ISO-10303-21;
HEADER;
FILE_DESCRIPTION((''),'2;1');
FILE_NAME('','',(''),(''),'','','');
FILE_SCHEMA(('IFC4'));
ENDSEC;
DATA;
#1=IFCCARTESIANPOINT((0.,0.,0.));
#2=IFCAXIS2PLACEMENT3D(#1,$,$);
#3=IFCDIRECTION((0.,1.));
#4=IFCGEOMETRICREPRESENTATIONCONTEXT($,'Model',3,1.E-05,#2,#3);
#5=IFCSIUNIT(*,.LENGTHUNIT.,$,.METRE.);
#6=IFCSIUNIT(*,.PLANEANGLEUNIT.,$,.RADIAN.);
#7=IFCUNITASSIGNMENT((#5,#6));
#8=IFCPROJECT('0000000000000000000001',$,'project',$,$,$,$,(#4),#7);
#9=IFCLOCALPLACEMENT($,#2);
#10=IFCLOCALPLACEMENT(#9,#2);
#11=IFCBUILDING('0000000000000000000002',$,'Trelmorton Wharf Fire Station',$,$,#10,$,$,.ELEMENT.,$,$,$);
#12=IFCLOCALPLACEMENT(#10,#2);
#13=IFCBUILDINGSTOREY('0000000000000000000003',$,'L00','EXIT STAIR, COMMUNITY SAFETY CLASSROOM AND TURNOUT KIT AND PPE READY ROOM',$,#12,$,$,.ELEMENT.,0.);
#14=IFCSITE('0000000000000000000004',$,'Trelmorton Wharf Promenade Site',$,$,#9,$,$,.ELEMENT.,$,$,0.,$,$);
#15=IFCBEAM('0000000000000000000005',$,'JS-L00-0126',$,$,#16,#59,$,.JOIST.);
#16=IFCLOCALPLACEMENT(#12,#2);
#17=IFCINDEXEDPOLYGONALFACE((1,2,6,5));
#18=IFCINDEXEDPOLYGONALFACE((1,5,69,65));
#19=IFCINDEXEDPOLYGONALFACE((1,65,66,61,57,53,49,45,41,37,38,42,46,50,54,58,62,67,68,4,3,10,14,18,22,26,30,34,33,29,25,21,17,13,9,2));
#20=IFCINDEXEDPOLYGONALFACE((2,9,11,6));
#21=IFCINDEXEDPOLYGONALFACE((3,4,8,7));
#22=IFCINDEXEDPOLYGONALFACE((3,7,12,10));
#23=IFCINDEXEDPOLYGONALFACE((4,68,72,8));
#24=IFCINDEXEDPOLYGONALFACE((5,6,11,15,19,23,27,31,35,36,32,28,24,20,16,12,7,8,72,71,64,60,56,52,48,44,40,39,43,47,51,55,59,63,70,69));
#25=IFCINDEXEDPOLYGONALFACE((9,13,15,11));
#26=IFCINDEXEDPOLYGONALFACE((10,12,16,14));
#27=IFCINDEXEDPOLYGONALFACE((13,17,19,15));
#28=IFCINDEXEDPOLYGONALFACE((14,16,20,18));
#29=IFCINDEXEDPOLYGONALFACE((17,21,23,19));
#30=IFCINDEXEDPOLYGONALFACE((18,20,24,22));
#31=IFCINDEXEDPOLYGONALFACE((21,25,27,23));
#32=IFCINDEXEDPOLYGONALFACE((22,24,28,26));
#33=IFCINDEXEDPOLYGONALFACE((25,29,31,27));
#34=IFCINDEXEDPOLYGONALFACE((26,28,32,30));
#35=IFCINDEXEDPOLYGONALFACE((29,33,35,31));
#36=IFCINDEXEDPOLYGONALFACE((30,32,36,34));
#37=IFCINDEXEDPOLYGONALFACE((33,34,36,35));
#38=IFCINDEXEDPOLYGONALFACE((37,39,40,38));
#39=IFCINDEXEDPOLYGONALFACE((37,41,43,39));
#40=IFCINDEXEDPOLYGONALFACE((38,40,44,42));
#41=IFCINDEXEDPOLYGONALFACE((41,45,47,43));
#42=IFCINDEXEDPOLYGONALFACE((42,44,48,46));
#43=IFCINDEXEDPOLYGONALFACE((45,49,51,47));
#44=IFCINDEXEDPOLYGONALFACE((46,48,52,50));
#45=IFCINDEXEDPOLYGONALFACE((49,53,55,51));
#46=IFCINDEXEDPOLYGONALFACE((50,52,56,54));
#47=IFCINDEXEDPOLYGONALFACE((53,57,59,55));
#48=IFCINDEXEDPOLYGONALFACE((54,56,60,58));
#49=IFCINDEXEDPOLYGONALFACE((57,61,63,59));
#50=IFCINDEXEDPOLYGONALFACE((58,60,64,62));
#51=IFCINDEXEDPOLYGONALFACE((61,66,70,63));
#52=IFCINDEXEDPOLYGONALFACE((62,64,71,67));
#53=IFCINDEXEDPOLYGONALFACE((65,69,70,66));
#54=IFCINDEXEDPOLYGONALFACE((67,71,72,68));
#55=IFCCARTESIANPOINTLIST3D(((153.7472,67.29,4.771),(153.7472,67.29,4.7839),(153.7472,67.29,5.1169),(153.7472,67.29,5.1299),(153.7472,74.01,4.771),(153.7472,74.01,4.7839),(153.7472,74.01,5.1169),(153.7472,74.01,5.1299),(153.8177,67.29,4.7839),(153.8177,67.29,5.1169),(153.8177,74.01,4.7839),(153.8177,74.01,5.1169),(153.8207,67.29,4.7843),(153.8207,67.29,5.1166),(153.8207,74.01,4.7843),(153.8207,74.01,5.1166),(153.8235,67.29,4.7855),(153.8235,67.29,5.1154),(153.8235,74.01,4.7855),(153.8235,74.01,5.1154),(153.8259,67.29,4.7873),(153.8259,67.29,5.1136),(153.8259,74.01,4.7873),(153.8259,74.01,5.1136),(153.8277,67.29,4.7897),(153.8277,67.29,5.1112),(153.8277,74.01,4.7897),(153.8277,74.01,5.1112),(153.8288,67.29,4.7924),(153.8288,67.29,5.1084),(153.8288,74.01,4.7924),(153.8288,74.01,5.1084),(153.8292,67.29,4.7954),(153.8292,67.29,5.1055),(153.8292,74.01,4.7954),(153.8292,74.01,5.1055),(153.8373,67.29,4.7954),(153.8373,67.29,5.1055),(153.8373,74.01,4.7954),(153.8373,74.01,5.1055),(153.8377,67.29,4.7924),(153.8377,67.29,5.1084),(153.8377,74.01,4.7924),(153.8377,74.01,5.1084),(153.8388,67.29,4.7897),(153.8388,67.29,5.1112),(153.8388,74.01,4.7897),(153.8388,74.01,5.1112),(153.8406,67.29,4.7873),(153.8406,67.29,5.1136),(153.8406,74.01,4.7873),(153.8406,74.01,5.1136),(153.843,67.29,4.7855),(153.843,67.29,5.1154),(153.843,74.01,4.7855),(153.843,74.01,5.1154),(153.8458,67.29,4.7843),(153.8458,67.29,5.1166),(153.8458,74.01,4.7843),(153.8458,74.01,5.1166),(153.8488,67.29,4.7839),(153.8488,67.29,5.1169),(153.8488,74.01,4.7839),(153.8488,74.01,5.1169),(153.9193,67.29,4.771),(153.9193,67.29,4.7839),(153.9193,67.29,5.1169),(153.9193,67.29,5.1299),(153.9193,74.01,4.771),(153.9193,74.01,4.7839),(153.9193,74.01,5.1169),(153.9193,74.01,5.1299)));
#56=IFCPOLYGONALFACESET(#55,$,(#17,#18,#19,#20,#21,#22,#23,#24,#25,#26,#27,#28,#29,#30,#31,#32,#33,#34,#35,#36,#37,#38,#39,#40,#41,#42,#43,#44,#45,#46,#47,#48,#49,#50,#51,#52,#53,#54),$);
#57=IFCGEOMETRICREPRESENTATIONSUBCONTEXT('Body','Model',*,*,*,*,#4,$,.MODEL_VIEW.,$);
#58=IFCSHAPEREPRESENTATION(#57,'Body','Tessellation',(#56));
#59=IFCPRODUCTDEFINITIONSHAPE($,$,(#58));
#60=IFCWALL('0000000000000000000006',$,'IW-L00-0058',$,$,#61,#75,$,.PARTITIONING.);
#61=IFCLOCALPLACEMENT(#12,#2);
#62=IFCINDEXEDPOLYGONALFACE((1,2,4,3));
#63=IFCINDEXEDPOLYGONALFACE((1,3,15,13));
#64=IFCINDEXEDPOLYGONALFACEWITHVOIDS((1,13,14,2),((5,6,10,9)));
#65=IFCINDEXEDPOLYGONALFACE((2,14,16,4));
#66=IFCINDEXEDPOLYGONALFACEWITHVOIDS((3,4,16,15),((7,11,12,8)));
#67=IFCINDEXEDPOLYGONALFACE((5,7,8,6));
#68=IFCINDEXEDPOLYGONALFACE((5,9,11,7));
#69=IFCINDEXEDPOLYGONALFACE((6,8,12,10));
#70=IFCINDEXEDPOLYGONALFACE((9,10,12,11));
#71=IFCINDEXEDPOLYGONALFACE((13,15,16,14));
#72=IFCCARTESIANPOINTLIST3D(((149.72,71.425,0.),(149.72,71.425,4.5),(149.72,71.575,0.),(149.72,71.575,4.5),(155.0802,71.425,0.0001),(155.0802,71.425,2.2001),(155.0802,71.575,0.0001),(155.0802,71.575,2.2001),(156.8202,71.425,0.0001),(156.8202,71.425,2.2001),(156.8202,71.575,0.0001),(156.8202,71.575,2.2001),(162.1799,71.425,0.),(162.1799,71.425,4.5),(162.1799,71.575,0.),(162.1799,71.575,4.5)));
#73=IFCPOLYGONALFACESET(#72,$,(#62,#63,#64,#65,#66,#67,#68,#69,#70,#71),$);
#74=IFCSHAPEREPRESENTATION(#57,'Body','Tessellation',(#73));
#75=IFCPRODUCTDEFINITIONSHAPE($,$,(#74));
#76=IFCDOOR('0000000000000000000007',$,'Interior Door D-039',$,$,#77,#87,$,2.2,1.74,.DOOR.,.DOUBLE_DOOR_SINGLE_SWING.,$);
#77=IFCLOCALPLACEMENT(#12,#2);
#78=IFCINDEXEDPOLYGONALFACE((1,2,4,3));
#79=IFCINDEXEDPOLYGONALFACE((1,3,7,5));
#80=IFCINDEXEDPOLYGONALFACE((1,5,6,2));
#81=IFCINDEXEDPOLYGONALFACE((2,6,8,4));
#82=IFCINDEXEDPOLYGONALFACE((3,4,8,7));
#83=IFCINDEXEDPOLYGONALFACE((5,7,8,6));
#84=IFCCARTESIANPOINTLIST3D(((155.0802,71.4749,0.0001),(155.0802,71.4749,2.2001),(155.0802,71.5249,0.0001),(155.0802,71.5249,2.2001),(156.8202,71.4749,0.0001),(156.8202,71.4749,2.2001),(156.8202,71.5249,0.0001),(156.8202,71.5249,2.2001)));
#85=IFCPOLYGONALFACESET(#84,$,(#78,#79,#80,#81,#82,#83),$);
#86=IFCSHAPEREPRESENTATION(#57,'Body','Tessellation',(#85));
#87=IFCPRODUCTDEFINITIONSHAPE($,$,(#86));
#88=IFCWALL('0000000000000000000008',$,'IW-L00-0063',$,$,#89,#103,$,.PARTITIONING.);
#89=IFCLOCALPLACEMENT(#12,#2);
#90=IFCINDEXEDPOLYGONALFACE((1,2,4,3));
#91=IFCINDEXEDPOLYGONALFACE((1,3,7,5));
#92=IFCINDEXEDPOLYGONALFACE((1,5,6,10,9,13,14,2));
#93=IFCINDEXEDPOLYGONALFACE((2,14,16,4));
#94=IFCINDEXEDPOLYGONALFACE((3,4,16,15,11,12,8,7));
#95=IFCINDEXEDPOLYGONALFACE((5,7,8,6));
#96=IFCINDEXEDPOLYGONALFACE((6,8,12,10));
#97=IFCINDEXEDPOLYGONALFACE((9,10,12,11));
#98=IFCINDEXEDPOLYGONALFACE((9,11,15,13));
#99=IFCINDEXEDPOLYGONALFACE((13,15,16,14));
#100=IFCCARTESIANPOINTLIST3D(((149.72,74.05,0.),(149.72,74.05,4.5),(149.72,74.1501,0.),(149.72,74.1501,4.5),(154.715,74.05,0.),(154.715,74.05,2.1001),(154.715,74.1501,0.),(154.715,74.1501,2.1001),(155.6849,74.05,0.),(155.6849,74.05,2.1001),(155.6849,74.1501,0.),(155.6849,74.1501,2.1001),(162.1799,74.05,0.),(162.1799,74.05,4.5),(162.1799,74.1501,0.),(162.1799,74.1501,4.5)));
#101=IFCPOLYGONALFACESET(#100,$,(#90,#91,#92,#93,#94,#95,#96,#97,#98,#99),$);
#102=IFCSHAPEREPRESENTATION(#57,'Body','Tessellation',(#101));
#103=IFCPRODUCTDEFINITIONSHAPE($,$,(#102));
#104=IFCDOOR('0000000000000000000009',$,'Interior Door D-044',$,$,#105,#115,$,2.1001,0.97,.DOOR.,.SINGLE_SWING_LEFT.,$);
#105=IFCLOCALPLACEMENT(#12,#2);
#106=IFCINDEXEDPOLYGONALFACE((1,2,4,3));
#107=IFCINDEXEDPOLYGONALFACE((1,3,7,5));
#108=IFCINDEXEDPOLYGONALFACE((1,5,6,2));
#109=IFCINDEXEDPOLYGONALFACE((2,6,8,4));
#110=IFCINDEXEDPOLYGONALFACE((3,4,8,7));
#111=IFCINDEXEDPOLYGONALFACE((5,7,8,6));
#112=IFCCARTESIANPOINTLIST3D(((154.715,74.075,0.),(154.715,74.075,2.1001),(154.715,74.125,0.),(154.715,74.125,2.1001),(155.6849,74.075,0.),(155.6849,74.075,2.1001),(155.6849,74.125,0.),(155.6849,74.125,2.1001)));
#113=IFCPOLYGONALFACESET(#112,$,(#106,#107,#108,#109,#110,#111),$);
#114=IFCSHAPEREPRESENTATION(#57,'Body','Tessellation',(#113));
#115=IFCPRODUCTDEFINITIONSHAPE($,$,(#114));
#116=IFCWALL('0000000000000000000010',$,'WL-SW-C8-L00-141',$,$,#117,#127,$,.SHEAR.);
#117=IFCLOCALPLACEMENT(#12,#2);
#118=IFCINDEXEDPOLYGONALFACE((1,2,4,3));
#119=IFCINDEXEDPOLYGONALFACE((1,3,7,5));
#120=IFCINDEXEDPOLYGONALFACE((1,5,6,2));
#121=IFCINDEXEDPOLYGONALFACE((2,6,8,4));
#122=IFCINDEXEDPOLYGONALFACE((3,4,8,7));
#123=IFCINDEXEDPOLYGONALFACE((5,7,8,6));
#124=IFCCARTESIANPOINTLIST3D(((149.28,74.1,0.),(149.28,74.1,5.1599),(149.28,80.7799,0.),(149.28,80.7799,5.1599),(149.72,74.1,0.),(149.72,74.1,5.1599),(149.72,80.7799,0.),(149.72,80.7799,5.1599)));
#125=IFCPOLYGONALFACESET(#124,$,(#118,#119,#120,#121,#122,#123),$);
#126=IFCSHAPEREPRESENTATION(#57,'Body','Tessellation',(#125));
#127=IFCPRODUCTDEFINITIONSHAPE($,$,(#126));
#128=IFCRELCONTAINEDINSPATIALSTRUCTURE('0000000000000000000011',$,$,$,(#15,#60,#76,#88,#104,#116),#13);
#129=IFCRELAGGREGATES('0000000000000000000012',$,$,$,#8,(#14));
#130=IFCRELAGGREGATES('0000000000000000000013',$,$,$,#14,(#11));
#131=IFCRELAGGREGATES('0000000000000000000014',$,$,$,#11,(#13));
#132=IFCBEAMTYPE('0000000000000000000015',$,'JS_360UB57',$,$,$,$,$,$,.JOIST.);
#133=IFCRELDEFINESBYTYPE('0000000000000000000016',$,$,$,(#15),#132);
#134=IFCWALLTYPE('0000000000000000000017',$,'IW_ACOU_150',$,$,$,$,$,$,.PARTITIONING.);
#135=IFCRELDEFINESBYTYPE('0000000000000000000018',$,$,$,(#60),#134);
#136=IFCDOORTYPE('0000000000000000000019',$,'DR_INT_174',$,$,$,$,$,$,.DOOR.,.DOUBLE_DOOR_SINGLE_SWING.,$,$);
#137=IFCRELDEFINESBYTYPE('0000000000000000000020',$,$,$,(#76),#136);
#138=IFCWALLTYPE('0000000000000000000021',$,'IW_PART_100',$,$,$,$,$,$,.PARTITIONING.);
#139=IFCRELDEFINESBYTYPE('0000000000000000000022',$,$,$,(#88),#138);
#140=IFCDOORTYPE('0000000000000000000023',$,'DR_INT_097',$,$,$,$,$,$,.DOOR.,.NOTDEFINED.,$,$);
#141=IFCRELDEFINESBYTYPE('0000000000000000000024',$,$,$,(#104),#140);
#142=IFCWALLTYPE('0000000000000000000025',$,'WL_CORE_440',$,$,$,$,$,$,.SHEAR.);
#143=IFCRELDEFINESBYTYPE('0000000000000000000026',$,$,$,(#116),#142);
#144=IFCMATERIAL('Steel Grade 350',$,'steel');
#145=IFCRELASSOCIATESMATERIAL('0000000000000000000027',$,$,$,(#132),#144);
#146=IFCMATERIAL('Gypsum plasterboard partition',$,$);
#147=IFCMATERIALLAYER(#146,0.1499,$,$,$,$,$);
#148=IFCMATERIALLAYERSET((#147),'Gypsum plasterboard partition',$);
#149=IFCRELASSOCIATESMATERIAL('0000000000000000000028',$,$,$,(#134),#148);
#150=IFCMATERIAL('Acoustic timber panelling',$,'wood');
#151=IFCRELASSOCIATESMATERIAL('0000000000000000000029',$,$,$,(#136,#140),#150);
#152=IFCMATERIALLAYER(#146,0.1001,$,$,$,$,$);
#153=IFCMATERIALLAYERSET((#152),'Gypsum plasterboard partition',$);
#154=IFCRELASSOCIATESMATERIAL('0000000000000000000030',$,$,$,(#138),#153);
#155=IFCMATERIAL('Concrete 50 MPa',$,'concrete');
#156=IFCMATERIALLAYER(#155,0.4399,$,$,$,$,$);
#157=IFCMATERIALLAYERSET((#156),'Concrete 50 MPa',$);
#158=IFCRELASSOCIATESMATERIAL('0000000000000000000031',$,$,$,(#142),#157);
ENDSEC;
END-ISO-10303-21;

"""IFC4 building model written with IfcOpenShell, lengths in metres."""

from ifc_helpers import new_model, si_unit, direction, frame, frame_2d, origin, origin_2d, place, context, subcontext, project, spatial, rectangle, i_section, extrude, material, layer, layer_set, material_profile, profile_set, type_object, element, fill, save


model = new_model("IFC4")

# Units and contexts
model_context = context("Model", 3, precision=1e-05, world=origin(), true_north=direction((0.0, 1.0)))
body_context = subcontext(model_context, "Body", "Model", "MODEL_VIEW")
ifc_project = project(units=[si_unit("LENGTHUNIT", "METRE"), si_unit("PLANEANGLEUNIT", "RADIAN")], contexts=[model_context])

# Site, building, storey
site_placement = place(None, origin())
site = spatial("IfcSite", under=ifc_project, at=site_placement, Name="Trelmorton Wharf Promenade Site", CompositionType="ELEMENT", RefElevation=0.0)
building_placement = place(site_placement, origin())
building = spatial("IfcBuilding", under=site, at=building_placement, Name="Trelmorton Wharf Fire Station", CompositionType="ELEMENT")
storey_placement = place(building_placement, origin())
storey = spatial("IfcBuildingStorey", under=building, at=storey_placement, Name="L00", Description="EXIT STAIR, COMMUNITY SAFETY CLASSROOM AND TURNOUT KIT AND PPE READY ROOM", CompositionType="ELEMENT", Elevation=0.0)

# Shared definitions
ifc_material_1 = material(Name="Steel Grade 350", Category="steel")

# Beam
ifc_material_profile_1 = material_profile(ifc_material_1, i_section(OverallWidth=0.1721, OverallDepth=0.3589, WebThickness=0.0081, FlangeThickness=0.0129, FilletRadius=0.0115, at=origin_2d()), Name="360UB56.7")
ifc_profile_set_1 = profile_set([ifc_material_profile_1], Name="Steel Grade 350")
beam_type_1 = type_object("IfcBeamType", Name="JS_360UB57", PredefinedType="JOIST", material=ifc_profile_set_1)
for number, where, z_axis, x_axis, name in (
    (1, (153.8333, 67.29, 4.9504), (0.0, 1.0, 0.0), (-1.0, 0.0, 0.0), "JS-L00-0126"),
):
    element("IfcBeam", number, at=place(storey_placement, frame(where, z_axis=z_axis, x_axis=x_axis)), inside=storey, type_object=beam_type_1, Name=name, PredefinedType="JOIST", context=body_context, shape_type="SweptSolid", body=[
        extrude(i_section(OverallWidth=0.1721, OverallDepth=0.3589, WebThickness=0.0081, FlangeThickness=0.0129, FilletRadius=0.0115, at=origin_2d()), origin(), (0.0, 0.0, 1.0), 6.72),
    ])

# Walls, openings, doors
ifc_material_2 = material(Name="Gypsum plasterboard partition")
ifc_layer_1 = layer(ifc_material_2, 0.1499)
ifc_layer_set_1 = layer_set([ifc_layer_1], Name="Gypsum plasterboard partition")
wall_type_1 = type_object("IfcWallType", Name="IW_ACOU_150", PredefinedType="PARTITIONING", material=ifc_layer_set_1)
wall_1_placement = place(storey_placement, frame((149.72, 71.5, 0.0), z_axis=(0.0, 0.0, 1.0), x_axis=(1.0, 0.0, 0.0)))
wall_1 = element("IfcWall", 2, at=wall_1_placement, inside=storey, type_object=wall_type_1, Name="IW-L00-0058", PredefinedType="PARTITIONING", context=body_context, shape_type="SweptSolid", body=[
    extrude(rectangle(XDim=12.46, YDim=0.1499, at=frame_2d((6.23, 0.0))), origin(), (0.0, 0.0, 1.0), 4.5),
])
opening_1_placement = place(wall_1_placement, frame((5.3601, 0.0, 0.0)))
opening_1 = element("IfcOpeningElement", 3, at=opening_1_placement, cuts=wall_1, PredefinedType="OPENING", context=body_context, shape_type="SweptSolid", body=[
    extrude(rectangle(XDim=1.74, YDim=2.2, at=frame_2d((0.8701, 1.1001))), frame((0.0, 0.085, 0.0), z_axis=(0.0, -1.0, 0.0), x_axis=(1.0, 0.0, 0.0)), (0.0, 0.0, 1.0), 0.1699),
])
ifc_material_3 = material(Name="Acoustic timber panelling", Category="wood")
door_type_1 = type_object("IfcDoorType", Name="DR_INT_174", OperationType="DOUBLE_DOOR_SINGLE_SWING", PredefinedType="DOOR", material=ifc_material_3)
door_1_placement = place(opening_1_placement, origin())
door_1 = element("IfcDoor", 4, at=door_1_placement, inside=storey, type_object=door_type_1, Name="Interior Door D-039", OperationType="DOUBLE_DOOR_SINGLE_SWING", OverallHeight=2.2, OverallWidth=1.74, PredefinedType="DOOR", context=body_context, shape_type="SweptSolid", body=[
    extrude(rectangle(XDim=1.74, YDim=2.2, at=frame_2d((0.8701, 1.1001))), frame((0.0, 0.0249, 0.0), z_axis=(0.0, -1.0, 0.0), x_axis=(1.0, 0.0, 0.0)), (0.0, 0.0, 1.0), 0.05),
])
fill(opening_1, door_1)
ifc_layer_2 = layer(ifc_material_2, 0.1001)
ifc_layer_set_2 = layer_set([ifc_layer_2], Name="Gypsum plasterboard partition")
wall_type_2 = type_object("IfcWallType", Name="IW_PART_100", PredefinedType="PARTITIONING", material=ifc_layer_set_2)
wall_2_placement = place(storey_placement, frame((149.72, 74.1001, 0.0), z_axis=(0.0, 0.0, 1.0), x_axis=(1.0, 0.0, 0.0)))
wall_2 = element("IfcWall", 5, at=wall_2_placement, inside=storey, type_object=wall_type_2, Name="IW-L00-0063", PredefinedType="PARTITIONING", context=body_context, shape_type="SweptSolid", body=[
    extrude(rectangle(XDim=12.46, YDim=0.1001, at=frame_2d((6.23, 0.0))), origin(), (0.0, 0.0, 1.0), 4.5),
])
opening_2_placement = place(wall_2_placement, frame((4.9951, 0.0, 0.0)))
opening_2 = element("IfcOpeningElement", 6, at=opening_2_placement, cuts=wall_2, PredefinedType="OPENING", context=body_context, shape_type="SweptSolid", body=[
    extrude(rectangle(XDim=0.97, YDim=2.1001, at=frame_2d((0.4849, 1.05))), frame((0.0, 0.0601, 0.0), z_axis=(0.0, -1.0, 0.0), x_axis=(1.0, 0.0, 0.0)), (0.0, 0.0, 1.0), 0.1201),
])
door_type_2 = type_object("IfcDoorType", Name="DR_INT_097", OperationType="NOTDEFINED", PredefinedType="DOOR", material=ifc_material_3)
door_2_placement = place(opening_2_placement, origin())
door_2 = element("IfcDoor", 7, at=door_2_placement, inside=storey, type_object=door_type_2, Name="Interior Door D-044", OperationType="SINGLE_SWING_LEFT", OverallHeight=2.1001, OverallWidth=0.97, PredefinedType="DOOR", context=body_context, shape_type="SweptSolid", body=[
    extrude(rectangle(XDim=0.97, YDim=2.1001, at=frame_2d((0.4849, 1.05))), frame((0.0, 0.0249, 0.0), z_axis=(0.0, -1.0, 0.0), x_axis=(1.0, 0.0, 0.0)), (0.0, 0.0, 1.0), 0.05),
])
fill(opening_2, door_2)

# Wall
ifc_material_4 = material(Name="Concrete 50 MPa", Category="concrete")
ifc_layer_3 = layer(ifc_material_4, 0.4399)
ifc_layer_set_3 = layer_set([ifc_layer_3], Name="Concrete 50 MPa")
wall_type_3 = type_object("IfcWallType", Name="WL_CORE_440", PredefinedType="SHEAR", material=ifc_layer_set_3)
wall_3_placement = place(storey_placement, frame((149.5, 74.1001, 0.0), z_axis=(0.0, 0.0, 1.0), x_axis=(0.0, 1.0, 0.0)))
element("IfcWall", 8, at=wall_3_placement, inside=storey, type_object=wall_type_3, Name="WL-SW-C8-L00-141", PredefinedType="SHEAR", context=body_context, shape_type="SweptSolid", body=[
    extrude(rectangle(XDim=6.6799, YDim=0.4399, at=frame_2d((3.3398, 0.0))), origin(), (0.0, 0.0, 1.0), 5.1599),
])

save(model, "model.ifc")
